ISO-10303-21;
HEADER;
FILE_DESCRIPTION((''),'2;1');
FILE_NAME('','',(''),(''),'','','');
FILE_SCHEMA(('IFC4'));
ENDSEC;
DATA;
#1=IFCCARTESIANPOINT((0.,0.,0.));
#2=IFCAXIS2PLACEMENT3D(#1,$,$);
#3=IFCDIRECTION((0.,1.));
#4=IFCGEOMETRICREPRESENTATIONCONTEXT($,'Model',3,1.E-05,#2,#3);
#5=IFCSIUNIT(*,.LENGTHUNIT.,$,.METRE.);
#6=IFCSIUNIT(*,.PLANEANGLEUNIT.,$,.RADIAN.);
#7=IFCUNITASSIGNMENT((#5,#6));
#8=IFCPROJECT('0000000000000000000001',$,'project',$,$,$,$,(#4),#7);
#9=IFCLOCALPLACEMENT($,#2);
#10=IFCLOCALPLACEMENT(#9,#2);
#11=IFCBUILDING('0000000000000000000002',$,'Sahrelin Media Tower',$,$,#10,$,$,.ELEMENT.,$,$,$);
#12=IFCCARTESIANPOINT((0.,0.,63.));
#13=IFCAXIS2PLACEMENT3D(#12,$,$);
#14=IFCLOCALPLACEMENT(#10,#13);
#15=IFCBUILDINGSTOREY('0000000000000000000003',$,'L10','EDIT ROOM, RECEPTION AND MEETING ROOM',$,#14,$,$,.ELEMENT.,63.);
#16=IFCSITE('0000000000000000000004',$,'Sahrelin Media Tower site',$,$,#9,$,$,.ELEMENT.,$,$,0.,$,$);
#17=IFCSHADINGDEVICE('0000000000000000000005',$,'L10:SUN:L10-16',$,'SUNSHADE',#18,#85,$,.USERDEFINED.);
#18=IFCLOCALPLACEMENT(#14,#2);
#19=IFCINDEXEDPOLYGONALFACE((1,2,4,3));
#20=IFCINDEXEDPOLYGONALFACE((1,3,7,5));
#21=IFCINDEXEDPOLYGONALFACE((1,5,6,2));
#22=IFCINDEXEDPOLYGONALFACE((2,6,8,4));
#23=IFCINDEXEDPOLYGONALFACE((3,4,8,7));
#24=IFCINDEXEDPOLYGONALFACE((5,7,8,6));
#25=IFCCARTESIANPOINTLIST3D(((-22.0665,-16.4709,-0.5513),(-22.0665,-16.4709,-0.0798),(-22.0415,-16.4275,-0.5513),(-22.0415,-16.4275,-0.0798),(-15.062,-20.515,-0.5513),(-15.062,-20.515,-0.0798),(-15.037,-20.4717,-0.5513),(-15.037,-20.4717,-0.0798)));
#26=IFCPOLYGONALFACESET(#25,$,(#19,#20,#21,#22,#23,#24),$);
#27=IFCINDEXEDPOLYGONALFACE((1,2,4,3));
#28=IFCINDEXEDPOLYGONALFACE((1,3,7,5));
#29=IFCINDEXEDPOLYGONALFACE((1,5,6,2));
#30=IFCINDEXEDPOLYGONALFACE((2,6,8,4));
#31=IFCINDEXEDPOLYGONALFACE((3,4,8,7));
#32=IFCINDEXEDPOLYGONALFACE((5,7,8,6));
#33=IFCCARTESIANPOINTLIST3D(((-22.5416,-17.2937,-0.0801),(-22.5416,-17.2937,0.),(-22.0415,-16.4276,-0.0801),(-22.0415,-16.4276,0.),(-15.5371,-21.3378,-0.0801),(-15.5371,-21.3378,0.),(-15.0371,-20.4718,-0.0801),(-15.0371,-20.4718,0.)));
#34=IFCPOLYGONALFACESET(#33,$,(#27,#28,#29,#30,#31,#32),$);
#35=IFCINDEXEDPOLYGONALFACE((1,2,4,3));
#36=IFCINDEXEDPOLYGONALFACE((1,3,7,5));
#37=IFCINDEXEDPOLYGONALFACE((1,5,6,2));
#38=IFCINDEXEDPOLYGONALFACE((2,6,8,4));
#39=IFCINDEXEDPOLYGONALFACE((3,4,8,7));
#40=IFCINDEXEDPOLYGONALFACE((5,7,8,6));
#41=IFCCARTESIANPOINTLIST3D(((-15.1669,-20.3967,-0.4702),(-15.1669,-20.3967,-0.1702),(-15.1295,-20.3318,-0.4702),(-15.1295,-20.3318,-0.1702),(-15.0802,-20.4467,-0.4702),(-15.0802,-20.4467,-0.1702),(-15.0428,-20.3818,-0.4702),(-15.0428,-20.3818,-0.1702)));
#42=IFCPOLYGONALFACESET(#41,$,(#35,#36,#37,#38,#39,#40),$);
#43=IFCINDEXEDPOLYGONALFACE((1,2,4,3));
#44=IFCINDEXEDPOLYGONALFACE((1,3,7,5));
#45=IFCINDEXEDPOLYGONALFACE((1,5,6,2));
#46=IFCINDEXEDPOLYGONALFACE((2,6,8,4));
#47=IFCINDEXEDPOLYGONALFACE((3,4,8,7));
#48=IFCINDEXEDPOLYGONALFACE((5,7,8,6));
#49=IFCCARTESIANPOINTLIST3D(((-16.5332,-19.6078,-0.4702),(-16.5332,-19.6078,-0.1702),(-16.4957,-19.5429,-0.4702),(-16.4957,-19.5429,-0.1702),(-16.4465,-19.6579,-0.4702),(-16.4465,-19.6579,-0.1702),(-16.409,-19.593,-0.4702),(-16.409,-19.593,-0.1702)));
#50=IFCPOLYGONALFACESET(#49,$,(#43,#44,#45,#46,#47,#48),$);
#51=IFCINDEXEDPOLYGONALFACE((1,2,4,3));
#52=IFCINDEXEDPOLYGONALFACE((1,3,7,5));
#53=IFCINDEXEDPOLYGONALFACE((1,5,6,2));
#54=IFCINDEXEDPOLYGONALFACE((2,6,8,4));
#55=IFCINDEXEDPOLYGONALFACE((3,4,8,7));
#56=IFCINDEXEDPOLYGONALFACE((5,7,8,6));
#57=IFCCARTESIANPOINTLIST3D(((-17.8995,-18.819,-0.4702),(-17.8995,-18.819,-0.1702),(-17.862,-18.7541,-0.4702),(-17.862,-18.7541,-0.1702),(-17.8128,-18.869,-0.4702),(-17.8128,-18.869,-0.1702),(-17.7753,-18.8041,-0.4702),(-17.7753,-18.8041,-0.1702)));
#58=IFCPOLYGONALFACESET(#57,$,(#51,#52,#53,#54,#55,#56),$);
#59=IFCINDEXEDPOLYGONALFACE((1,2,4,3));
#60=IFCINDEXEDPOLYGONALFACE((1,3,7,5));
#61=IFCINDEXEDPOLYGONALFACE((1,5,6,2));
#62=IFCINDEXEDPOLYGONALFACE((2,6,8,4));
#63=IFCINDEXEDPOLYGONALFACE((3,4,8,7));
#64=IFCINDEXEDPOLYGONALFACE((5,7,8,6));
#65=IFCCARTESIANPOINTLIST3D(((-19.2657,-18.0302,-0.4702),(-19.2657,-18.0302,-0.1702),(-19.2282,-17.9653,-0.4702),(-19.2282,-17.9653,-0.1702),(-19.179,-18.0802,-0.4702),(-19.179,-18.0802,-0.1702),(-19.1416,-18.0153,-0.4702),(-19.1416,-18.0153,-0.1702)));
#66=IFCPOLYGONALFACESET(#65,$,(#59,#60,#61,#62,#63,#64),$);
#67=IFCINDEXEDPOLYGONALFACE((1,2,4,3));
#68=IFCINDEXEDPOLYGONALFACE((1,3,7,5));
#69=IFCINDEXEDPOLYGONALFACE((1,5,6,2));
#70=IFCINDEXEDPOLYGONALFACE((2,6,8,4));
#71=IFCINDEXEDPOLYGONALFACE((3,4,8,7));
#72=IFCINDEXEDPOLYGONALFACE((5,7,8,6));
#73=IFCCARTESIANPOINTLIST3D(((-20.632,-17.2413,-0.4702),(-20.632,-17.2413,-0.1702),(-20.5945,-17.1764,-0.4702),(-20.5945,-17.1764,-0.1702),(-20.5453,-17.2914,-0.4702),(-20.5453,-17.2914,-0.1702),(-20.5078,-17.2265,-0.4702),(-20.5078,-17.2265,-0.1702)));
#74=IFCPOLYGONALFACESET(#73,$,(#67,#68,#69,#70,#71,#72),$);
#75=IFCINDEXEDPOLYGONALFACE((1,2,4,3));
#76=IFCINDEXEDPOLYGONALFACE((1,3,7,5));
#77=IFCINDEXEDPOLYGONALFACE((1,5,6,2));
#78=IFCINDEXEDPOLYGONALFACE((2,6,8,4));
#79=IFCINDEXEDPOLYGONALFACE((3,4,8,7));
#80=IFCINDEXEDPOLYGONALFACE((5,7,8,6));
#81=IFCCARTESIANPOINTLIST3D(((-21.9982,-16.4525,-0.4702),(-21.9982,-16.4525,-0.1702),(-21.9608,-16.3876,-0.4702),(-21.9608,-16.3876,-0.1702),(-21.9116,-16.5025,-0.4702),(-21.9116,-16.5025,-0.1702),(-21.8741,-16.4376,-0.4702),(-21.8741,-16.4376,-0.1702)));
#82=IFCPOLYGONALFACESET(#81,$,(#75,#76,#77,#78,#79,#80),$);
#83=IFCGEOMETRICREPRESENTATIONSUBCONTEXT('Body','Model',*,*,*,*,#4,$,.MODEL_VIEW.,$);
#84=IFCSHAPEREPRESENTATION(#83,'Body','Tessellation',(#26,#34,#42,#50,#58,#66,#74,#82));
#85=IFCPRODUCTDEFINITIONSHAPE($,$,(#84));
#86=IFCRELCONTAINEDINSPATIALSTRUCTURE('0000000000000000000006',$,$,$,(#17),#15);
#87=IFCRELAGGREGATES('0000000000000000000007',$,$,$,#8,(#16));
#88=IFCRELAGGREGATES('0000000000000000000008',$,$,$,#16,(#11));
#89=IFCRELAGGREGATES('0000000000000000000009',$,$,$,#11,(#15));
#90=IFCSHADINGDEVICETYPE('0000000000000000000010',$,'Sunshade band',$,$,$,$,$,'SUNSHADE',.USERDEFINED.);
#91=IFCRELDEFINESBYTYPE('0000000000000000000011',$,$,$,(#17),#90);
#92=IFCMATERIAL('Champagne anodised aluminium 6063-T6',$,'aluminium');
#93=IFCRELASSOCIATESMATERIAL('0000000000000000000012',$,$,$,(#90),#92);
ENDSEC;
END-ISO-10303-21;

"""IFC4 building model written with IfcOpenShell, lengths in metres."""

from ifc_helpers import new_model, si_unit, direction, frame, origin, origin_2d, place, context, subcontext, project, spatial, rectangle, extrude, material, type_object, element, save


model = new_model("IFC4")

# Units and contexts
model_context = context("Model", 3, precision=1e-05, world=origin(), true_north=direction((0.0, 1.0)))
body_context = subcontext(model_context, "Body", "Model", "MODEL_VIEW")
ifc_project = project(units=[si_unit("LENGTHUNIT", "METRE"), si_unit("PLANEANGLEUNIT", "RADIAN")], contexts=[model_context])

# Site, building, storey
site_placement = place(None, origin())
site = spatial("IfcSite", under=ifc_project, at=site_placement, Name="Sahrelin Media Tower site", CompositionType="ELEMENT", RefElevation=0.0)
building_placement = place(site_placement, origin())
building = spatial("IfcBuilding", under=site, at=building_placement, Name="Sahrelin Media Tower", CompositionType="ELEMENT")
storey_placement = place(building_placement, frame((0.0, 0.0, 63.0)))
storey = spatial("IfcBuildingStorey", under=building, at=storey_placement, Name="L10", Description="EDIT ROOM, RECEPTION AND MEETING ROOM", CompositionType="ELEMENT", Elevation=63.0)

# Shared definitions
ifc_material_1 = material(Name="Champagne anodised aluminium 6063-T6", Category="aluminium")

# Shading device
placement_1 = place(storey_placement, frame((-18.5293, -18.4324, 0.0), z_axis=(0.0, 0.0, 1.0), x_axis=(-0.866019, 0.500011, 0.0)))
shading_device_type_1 = type_object("IfcShadingDeviceType", Name="Sunshade band", ElementType="SUNSHADE", PredefinedType="USERDEFINED", material=ifc_material_1)
element("IfcShadingDevice", 1, at=placement_1, inside=storey, type_object=shading_device_type_1, Name="L10:SUN:L10-16", ObjectType="SUNSHADE", PredefinedType="USERDEFINED", context=body_context, shape_type="SweptSolid", body=[
    extrude(rectangle(XDim=8.0881, YDim=0.05, at=origin_2d()), frame((0.0, 0.0449, -0.5513)), (0.0, 0.0, 1.0), 0.4714),
    extrude(rectangle(XDim=8.0881, YDim=1.0, at=origin_2d()), frame((0.0, 0.52, -0.0801)), (0.0, 0.0, 1.0), 0.0801),
    extrude(rectangle(XDim=0.1001, YDim=0.075, at=origin_2d()), frame((-3.9441, -0.0176, -0.4702)), (0.0, 0.0, 1.0), 0.3),
    extrude(rectangle(XDim=0.1001, YDim=0.075, at=origin_2d()), frame((-2.3665, -0.0176, -0.4702)), (0.0, 0.0, 1.0), 0.3),
    extrude(rectangle(XDim=0.1001, YDim=0.075, at=origin_2d()), frame((-0.7888, -0.0176, -0.4702)), (0.0, 0.0, 1.0), 0.3),
    extrude(rectangle(XDim=0.1001, YDim=0.075, at=origin_2d()), frame((0.7888, -0.0176, -0.4702)), (0.0, 0.0, 1.0), 0.3),
    extrude(rectangle(XDim=0.1001, YDim=0.075, at=origin_2d()), frame((2.3665, -0.0176, -0.4702)), (0.0, 0.0, 1.0), 0.3),
    extrude(rectangle(XDim=0.1001, YDim=0.075, at=origin_2d()), frame((3.9441, -0.0176, -0.4702)), (0.0, 0.0, 1.0), 0.3),
])

save(model, "model.ifc")
